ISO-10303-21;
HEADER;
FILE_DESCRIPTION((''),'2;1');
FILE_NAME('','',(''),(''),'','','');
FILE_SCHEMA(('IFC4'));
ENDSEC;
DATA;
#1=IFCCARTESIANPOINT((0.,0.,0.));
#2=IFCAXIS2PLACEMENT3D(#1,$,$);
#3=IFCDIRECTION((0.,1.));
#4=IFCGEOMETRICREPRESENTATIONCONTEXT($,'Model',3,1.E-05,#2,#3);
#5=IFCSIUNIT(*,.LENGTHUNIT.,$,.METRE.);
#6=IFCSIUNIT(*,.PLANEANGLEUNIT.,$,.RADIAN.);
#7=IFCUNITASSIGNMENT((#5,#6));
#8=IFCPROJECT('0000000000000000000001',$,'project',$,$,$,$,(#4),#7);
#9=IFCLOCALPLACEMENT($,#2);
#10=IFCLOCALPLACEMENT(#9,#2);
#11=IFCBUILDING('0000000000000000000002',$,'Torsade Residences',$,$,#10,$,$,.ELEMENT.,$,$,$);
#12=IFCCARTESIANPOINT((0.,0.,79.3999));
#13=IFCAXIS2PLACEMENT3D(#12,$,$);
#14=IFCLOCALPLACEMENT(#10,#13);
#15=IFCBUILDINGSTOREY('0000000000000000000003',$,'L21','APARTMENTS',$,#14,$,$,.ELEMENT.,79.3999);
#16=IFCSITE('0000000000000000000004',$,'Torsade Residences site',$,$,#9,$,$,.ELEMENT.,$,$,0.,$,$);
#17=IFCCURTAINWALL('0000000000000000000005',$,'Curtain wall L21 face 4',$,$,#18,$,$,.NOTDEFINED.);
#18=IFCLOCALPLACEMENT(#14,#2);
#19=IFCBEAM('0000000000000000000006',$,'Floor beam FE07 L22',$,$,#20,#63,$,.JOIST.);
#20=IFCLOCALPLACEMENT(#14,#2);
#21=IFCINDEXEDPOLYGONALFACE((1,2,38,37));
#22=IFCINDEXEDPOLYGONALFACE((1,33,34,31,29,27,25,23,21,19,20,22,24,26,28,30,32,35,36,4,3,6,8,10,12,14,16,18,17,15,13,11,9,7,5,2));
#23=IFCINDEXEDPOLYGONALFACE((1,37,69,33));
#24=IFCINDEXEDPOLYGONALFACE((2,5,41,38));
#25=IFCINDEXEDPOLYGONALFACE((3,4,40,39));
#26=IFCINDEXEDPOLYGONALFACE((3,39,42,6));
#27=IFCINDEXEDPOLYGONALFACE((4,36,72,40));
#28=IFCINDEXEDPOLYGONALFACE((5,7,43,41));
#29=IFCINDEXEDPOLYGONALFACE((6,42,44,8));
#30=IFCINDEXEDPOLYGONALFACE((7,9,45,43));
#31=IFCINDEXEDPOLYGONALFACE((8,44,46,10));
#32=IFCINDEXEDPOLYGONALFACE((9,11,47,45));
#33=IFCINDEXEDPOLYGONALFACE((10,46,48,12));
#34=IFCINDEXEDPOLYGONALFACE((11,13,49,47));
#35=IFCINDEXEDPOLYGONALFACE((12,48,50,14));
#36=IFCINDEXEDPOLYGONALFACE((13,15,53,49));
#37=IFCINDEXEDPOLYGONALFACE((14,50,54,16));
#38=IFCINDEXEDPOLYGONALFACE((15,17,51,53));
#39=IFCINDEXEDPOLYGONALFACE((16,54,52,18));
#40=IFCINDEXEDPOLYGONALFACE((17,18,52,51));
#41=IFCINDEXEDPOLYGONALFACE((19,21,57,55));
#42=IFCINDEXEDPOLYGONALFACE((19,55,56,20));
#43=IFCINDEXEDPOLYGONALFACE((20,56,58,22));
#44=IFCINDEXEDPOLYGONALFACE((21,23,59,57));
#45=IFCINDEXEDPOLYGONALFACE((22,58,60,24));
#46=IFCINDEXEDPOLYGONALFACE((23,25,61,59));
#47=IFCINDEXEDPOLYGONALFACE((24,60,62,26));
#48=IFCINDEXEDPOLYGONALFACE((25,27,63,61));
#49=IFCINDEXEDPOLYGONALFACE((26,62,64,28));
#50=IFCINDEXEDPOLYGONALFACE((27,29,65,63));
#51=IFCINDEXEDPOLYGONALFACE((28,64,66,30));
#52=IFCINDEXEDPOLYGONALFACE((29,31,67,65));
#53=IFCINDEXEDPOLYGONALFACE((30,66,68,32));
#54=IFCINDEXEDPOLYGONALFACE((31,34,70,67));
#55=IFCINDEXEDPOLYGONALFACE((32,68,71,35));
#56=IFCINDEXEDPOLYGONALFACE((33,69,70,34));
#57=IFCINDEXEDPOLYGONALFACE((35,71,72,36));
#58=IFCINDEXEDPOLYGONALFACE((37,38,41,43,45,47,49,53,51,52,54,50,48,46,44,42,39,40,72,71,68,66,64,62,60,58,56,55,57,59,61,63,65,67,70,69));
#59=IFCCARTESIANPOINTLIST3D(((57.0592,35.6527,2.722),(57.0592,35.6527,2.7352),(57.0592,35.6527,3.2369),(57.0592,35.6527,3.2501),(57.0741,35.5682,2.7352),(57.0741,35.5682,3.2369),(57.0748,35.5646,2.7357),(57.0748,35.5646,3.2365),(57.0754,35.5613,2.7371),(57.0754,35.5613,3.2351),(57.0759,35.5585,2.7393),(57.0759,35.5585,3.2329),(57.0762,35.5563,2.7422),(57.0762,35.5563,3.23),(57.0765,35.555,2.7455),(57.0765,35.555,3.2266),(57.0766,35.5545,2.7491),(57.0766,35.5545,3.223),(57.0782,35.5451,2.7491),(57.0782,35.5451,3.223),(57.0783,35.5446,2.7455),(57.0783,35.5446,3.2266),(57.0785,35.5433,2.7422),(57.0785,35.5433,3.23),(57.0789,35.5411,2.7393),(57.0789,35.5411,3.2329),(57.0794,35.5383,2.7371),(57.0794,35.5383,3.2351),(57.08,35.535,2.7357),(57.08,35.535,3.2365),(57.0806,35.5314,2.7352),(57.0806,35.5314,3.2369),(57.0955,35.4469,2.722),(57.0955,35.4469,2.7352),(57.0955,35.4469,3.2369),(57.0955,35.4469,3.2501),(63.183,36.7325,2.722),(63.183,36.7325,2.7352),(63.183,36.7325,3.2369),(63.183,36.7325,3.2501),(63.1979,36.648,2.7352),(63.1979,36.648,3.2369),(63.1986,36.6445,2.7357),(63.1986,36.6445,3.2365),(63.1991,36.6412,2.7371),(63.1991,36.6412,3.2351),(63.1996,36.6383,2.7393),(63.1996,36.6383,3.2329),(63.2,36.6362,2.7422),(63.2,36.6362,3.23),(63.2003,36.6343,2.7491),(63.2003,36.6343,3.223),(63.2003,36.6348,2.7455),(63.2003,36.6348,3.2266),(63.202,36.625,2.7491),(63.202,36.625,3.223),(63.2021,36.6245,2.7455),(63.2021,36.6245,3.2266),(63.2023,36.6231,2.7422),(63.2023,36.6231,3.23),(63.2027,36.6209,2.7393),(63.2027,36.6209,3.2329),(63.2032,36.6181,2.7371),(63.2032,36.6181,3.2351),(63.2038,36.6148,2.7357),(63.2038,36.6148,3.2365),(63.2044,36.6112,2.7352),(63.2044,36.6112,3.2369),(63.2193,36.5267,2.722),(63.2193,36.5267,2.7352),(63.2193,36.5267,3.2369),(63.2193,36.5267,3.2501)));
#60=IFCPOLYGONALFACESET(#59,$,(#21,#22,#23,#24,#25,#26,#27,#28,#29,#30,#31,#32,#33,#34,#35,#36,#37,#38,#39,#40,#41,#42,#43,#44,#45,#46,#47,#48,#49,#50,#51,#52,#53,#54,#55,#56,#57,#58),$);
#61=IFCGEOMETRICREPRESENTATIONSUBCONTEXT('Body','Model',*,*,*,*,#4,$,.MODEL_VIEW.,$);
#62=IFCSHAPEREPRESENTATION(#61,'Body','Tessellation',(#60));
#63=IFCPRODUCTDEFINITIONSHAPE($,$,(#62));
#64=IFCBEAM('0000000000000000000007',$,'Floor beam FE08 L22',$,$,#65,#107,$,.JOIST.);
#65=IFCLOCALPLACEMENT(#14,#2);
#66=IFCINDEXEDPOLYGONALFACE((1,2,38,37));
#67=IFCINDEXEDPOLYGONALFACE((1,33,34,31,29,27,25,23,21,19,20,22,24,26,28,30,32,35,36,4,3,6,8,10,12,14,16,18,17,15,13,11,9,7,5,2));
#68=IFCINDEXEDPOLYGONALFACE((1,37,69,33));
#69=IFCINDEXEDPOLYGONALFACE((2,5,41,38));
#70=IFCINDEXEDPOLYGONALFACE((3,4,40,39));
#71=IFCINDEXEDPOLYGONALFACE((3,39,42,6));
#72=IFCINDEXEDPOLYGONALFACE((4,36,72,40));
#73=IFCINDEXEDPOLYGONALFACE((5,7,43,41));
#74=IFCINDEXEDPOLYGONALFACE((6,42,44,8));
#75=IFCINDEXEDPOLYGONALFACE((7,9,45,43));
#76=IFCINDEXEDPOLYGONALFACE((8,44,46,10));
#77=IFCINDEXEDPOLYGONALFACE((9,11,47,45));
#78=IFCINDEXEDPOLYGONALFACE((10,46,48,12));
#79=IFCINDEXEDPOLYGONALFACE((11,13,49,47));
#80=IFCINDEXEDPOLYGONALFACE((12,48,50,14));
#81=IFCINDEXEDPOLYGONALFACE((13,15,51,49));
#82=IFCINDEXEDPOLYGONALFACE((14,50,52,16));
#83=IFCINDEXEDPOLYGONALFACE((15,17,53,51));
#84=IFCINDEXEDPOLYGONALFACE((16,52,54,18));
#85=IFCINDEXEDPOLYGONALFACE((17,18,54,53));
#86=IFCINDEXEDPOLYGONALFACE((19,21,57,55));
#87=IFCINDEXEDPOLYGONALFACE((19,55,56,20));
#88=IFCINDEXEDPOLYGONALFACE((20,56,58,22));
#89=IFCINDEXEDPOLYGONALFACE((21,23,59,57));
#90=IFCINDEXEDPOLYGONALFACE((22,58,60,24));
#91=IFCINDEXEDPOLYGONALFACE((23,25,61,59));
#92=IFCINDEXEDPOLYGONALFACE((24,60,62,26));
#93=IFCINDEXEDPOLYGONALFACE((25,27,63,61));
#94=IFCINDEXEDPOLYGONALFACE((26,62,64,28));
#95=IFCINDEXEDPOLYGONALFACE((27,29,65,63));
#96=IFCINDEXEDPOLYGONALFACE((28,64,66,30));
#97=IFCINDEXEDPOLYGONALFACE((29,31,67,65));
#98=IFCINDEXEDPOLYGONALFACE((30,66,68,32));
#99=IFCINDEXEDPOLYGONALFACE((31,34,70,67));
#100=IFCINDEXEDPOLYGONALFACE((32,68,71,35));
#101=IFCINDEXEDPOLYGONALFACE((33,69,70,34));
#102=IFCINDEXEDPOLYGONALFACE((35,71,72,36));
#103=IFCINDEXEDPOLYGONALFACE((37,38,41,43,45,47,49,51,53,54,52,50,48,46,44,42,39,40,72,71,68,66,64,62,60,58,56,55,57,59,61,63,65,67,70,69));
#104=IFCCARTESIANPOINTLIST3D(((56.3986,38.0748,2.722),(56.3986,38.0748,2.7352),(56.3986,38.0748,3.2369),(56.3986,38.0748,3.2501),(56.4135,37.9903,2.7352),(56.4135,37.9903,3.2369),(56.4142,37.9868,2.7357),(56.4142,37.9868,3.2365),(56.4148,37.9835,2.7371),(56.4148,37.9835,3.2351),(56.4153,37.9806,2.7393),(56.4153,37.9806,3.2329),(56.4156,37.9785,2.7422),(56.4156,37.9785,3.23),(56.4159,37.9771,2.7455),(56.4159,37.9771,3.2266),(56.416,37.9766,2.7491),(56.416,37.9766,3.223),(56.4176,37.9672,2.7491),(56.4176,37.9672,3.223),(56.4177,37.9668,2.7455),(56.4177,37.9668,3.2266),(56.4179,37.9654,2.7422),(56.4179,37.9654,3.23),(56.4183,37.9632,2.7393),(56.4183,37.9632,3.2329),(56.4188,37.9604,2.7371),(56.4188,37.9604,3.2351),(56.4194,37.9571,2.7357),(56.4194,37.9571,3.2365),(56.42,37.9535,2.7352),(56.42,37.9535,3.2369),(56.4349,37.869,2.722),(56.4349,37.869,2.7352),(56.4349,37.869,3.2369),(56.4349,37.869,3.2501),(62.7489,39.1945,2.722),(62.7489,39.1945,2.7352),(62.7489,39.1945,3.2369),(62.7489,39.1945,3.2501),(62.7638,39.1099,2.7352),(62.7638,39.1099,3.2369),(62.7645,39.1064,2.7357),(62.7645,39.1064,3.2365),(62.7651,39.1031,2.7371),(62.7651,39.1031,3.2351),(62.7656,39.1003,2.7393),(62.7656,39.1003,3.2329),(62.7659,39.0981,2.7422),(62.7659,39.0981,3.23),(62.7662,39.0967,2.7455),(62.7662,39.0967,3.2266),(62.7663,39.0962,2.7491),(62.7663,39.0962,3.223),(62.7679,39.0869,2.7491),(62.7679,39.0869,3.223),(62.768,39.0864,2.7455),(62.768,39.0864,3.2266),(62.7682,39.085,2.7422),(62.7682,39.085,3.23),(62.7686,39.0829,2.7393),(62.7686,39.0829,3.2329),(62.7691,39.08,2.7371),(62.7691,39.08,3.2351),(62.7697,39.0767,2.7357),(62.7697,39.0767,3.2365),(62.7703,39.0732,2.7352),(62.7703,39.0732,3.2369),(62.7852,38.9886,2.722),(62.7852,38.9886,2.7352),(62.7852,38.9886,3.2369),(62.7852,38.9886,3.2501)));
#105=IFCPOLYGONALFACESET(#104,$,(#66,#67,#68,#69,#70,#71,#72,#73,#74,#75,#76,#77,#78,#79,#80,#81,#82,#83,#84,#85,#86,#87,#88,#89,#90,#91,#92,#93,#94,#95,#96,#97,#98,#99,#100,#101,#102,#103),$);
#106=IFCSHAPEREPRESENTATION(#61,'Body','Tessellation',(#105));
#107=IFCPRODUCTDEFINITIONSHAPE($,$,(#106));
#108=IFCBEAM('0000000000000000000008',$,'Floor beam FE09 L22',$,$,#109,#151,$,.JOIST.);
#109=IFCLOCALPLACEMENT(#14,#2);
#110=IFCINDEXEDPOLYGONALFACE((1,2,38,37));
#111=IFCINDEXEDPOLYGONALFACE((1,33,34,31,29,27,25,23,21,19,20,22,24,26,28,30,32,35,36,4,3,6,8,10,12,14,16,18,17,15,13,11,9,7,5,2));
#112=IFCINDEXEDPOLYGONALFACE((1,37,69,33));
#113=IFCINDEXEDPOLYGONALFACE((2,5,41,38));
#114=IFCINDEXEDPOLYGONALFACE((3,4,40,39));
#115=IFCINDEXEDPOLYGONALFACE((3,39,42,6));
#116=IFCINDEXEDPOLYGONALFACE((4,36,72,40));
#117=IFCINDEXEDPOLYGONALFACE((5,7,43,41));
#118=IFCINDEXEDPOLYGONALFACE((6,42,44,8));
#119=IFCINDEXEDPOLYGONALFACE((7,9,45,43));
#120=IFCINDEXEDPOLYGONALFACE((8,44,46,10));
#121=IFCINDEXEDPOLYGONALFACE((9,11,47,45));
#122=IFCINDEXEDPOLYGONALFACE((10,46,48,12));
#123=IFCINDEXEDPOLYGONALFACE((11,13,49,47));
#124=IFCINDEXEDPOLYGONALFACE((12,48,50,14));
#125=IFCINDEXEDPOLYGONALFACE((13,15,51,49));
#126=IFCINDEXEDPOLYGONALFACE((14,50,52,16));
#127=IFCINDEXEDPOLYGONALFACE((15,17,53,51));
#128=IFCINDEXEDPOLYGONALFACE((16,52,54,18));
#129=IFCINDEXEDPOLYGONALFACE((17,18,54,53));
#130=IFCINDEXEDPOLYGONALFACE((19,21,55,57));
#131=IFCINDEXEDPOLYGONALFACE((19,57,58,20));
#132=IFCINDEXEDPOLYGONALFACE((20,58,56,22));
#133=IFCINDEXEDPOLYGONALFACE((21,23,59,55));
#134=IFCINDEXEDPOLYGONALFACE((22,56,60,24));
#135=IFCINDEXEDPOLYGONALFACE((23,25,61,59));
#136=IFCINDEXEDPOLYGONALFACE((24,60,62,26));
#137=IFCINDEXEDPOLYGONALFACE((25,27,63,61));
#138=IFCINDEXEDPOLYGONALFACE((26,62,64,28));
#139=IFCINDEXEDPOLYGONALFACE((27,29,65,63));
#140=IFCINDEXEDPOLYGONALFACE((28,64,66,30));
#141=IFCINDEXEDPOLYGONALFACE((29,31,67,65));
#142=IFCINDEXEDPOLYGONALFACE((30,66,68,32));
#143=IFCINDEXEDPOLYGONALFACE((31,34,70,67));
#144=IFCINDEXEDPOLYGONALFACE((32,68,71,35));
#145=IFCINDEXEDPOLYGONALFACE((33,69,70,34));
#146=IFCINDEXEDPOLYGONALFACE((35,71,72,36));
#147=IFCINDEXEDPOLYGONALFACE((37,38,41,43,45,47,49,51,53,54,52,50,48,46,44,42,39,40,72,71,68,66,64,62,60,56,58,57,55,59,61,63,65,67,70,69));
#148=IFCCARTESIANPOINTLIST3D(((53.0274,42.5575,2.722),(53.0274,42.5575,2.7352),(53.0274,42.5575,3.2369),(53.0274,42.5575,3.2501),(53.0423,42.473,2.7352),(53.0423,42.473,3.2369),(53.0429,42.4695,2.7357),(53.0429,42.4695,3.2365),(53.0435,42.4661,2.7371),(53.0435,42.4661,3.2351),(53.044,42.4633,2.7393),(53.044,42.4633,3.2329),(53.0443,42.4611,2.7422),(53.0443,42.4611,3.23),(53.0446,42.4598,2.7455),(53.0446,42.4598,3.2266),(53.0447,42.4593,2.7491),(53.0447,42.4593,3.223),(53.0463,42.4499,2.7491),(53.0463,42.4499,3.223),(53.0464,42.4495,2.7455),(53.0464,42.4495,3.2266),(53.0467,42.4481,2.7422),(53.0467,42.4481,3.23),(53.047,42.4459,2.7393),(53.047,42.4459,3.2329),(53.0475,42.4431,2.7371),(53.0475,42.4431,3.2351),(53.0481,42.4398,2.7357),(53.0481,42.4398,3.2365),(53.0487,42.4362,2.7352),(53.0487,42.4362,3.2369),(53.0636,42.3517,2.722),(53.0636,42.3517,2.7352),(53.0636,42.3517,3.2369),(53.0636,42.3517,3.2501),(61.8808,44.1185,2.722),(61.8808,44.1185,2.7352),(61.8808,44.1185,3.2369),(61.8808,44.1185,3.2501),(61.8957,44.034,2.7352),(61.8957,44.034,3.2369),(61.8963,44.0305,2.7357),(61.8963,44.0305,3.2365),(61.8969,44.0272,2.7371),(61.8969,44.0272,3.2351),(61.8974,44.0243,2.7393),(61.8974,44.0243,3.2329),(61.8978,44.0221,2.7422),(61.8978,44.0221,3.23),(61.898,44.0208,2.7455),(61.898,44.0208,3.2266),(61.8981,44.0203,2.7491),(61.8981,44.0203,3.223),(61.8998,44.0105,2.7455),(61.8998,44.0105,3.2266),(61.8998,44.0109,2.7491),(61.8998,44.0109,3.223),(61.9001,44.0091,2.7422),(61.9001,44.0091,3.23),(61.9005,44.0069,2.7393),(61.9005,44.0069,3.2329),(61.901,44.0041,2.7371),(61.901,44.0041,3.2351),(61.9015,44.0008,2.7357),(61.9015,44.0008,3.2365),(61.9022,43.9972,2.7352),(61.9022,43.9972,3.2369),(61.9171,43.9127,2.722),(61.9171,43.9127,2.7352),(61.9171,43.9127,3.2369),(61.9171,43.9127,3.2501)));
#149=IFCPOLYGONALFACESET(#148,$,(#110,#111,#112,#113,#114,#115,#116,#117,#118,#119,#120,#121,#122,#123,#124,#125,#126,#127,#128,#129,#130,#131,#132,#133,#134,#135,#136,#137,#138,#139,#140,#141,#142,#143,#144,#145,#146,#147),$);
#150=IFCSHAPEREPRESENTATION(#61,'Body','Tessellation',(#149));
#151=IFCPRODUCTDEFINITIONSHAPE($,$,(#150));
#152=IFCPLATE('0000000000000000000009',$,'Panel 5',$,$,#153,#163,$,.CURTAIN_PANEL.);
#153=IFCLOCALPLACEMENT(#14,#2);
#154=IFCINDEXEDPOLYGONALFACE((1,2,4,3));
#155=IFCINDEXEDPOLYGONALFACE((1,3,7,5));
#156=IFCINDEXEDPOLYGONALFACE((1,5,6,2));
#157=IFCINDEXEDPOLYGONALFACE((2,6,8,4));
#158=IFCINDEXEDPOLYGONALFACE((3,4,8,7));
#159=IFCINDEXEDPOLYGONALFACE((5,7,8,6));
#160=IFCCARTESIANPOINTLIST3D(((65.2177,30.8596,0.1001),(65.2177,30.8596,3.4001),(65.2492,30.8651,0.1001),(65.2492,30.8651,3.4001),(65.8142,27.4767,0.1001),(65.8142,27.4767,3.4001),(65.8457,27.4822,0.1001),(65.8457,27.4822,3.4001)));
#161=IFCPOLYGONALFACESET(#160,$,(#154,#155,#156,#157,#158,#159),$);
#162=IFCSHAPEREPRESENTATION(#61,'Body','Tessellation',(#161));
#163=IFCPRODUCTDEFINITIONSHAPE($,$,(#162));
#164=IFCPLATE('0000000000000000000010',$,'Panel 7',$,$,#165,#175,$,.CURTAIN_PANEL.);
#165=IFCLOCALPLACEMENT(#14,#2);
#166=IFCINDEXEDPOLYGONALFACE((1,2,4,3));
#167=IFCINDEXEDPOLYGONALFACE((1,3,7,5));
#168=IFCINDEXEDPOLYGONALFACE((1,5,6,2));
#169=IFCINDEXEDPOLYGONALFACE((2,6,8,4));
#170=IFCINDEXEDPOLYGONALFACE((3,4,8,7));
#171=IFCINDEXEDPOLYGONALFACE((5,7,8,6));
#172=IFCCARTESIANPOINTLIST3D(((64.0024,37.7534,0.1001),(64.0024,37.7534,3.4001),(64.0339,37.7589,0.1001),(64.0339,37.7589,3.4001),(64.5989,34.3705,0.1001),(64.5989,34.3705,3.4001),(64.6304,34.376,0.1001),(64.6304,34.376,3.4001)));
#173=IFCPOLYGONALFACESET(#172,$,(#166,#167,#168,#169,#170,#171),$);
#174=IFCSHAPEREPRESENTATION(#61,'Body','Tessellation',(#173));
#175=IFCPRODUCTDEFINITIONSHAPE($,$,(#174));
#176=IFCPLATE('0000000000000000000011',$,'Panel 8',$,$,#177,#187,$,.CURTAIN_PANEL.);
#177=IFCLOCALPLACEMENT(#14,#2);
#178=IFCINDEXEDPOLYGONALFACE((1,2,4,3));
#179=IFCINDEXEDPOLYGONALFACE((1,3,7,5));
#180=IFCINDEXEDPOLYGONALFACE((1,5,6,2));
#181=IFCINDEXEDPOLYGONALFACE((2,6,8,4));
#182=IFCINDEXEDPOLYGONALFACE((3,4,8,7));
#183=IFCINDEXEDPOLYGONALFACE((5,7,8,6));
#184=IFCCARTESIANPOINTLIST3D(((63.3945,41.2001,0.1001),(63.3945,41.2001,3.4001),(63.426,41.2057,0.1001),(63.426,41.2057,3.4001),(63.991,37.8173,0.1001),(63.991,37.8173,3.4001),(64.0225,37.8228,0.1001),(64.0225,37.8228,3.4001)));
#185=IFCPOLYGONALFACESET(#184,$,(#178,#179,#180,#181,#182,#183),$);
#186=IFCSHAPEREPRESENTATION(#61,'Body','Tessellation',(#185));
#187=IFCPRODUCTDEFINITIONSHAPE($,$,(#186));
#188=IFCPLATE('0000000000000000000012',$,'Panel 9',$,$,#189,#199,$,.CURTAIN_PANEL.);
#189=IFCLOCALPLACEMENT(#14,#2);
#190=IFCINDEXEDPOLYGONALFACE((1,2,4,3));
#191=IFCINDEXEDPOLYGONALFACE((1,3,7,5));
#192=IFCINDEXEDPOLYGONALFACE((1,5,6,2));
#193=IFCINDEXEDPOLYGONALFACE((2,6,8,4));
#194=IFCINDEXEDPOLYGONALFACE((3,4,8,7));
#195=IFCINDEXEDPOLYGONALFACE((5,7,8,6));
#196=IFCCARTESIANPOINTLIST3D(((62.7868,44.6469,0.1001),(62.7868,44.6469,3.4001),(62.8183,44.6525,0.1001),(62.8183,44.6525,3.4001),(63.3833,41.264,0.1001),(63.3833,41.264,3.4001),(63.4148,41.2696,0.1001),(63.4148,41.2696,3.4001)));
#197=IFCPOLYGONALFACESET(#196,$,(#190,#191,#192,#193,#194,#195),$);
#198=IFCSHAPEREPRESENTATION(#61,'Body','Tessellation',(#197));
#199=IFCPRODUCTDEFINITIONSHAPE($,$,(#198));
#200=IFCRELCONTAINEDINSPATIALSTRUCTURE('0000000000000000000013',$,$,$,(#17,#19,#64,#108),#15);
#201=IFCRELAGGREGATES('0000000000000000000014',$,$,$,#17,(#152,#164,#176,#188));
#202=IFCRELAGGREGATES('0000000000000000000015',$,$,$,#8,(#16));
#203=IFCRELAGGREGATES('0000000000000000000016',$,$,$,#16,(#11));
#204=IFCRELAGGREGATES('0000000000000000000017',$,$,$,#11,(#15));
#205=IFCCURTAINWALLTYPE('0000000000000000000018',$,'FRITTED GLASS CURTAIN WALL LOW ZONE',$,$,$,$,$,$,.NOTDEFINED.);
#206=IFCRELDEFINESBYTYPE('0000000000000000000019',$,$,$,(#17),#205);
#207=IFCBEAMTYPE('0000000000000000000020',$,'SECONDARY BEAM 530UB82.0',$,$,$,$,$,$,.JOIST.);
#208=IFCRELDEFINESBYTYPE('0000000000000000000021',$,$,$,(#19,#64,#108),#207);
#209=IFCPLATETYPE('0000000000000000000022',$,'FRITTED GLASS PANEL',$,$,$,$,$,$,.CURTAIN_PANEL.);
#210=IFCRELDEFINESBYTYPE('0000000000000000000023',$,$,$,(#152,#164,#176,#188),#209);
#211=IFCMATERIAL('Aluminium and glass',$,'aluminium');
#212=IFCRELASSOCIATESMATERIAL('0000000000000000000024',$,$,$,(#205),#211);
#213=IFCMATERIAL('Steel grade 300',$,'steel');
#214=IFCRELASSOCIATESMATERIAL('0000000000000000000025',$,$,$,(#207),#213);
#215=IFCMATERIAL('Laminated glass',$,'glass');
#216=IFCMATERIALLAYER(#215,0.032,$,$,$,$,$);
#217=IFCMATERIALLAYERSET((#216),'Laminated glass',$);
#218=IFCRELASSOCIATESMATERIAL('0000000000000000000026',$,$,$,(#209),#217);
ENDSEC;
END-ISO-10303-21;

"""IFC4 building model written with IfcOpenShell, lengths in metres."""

from ifc_helpers import new_model, si_unit, direction, frame, origin, origin_2d, place, context, subcontext, project, spatial, rectangle, i_section, extrude, material, layer, layer_set, material_profile, profile_set, type_object, element, aggregate, save


model = new_model("IFC4")

# Units and contexts
model_context = context("Model", 3, precision=1e-05, world=origin(), true_north=direction((0.0, 1.0)))
body_context = subcontext(model_context, "Body", "Model", "MODEL_VIEW")
ifc_project = project(units=[si_unit("LENGTHUNIT", "METRE"), si_unit("PLANEANGLEUNIT", "RADIAN")], contexts=[model_context])

# Site, building, storey
site_placement = place(None, origin())
site = spatial("IfcSite", under=ifc_project, at=site_placement, Name="Torsade Residences site", CompositionType="ELEMENT", RefElevation=0.0)
building_placement = place(site_placement, origin())
building = spatial("IfcBuilding", under=site, at=building_placement, Name="Torsade Residences", CompositionType="ELEMENT")
storey_placement = place(building_placement, frame((0.0, 0.0, 79.3999)))
storey = spatial("IfcBuildingStorey", under=building, at=storey_placement, Name="L21", Description="APARTMENTS", CompositionType="ELEMENT", Elevation=79.3999)

# Curtain wall
ifc_material_1 = material(Name="Aluminium and glass", Category="aluminium")
curtain_wall_type = type_object("IfcCurtainWallType", Name="FRITTED GLASS CURTAIN WALL LOW ZONE", PredefinedType="NOTDEFINED", material=ifc_material_1)
curtain_wall_placement = place(storey_placement, origin())
curtain_wall = element("IfcCurtainWall", 1, at=curtain_wall_placement, inside=storey, type_object=curtain_wall_type, Name="Curtain wall L21 face 4", PredefinedType="NOTDEFINED")

# Beams
ifc_material_2 = material(Name="Steel grade 300", Category="steel")
ifc_material_profile_1 = material_profile(ifc_material_2, i_section(OverallWidth=0.209, OverallDepth=0.5281, WebThickness=0.0095, FlangeThickness=0.0132, FilletRadius=0.0139, at=origin_2d()), Name="530UB82.0")
ifc_profile_set_1 = profile_set([ifc_material_profile_1], Name="Steel grade 300")
beam_type_1 = type_object("IfcBeamType", Name="SECONDARY BEAM 530UB82.0", PredefinedType="JOIST", material=ifc_profile_set_1)
beam_1_placement = place(storey_placement, frame((63.2012, 36.6296, 2.9861), z_axis=(-0.984806, -0.173655, 0.0), x_axis=(0.173655, -0.984806, 0.0)))
element("IfcBeam", 2, at=beam_1_placement, inside=storey, type_object=beam_type_1, Name="Floor beam FE07 L22", PredefinedType="JOIST", context=body_context, shape_type="SweptSolid", body=[
    extrude(i_section(OverallWidth=0.209, OverallDepth=0.5281, WebThickness=0.0095, FlangeThickness=0.0132, FilletRadius=0.0139, at=origin_2d()), origin(), (0.0, 0.0, 1.0), 6.2183),
])
beam_2_placement = place(storey_placement, frame((62.7671, 39.0916, 2.9861), z_axis=(-0.984811, -0.173632, 0.0), x_axis=(0.173632, -0.984811, 0.0)))
element("IfcBeam", 3, at=beam_2_placement, inside=storey, type_object=beam_type_1, Name="Floor beam FE08 L22", PredefinedType="JOIST", context=body_context, shape_type="SweptSolid", body=[
    extrude(i_section(OverallWidth=0.209, OverallDepth=0.5281, WebThickness=0.0095, FlangeThickness=0.0132, FilletRadius=0.0139, at=origin_2d()), origin(), (0.0, 0.0, 1.0), 6.4482),
])
beam_3_placement = place(storey_placement, frame((61.8989, 44.0156, 2.9861), z_axis=(-0.984809, -0.17364, 0.0), x_axis=(0.17364, -0.984809, 0.0)))
element("IfcBeam", 4, at=beam_3_placement, inside=storey, type_object=beam_type_1, Name="Floor beam FE09 L22", PredefinedType="JOIST", context=body_context, shape_type="SweptSolid", body=[
    extrude(i_section(OverallWidth=0.209, OverallDepth=0.5281, WebThickness=0.0095, FlangeThickness=0.0132, FilletRadius=0.0139, at=origin_2d()), origin(), (0.0, 0.0, 1.0), 8.99),
])

# Plates
ifc_material_3 = material(Name="Laminated glass", Category="glass")
ifc_layer_1 = layer(ifc_material_3, 0.032)
ifc_layer_set_1 = layer_set([ifc_layer_1], Name="Laminated glass")
plate_type_1 = type_object("IfcPlateType", Name="FRITTED GLASS PANEL", PredefinedType="CURTAIN_PANEL", material=ifc_layer_set_1)
plate_1_placement = place(storey_placement, frame((65.5317, 29.1709, 0.1001), z_axis=(0.0, 0.0, 1.0), x_axis=(-0.173648, 0.984808, 0.0)))
plate_1 = element("IfcPlate", 5, at=plate_1_placement, type_object=plate_type_1, Name="Panel 5", PredefinedType="CURTAIN_PANEL", context=body_context, shape_type="SweptSolid", body=[
    extrude(rectangle(XDim=3.4351, YDim=0.032, at=origin_2d()), origin(), (0.0, 0.0, 1.0), 3.3),
])
plate_2_placement = place(storey_placement, frame((64.3164, 36.0647, 0.1001), z_axis=(0.0, 0.0, 1.0), x_axis=(-0.173648, 0.984808, 0.0)))
plate_2 = element("IfcPlate", 6, at=plate_2_placement, type_object=plate_type_1, Name="Panel 7", PredefinedType="CURTAIN_PANEL", context=body_context, shape_type="SweptSolid", body=[
    extrude(rectangle(XDim=3.4351, YDim=0.032, at=origin_2d()), origin(), (0.0, 0.0, 1.0), 3.3),
])
plate_3_placement = place(storey_placement, frame((63.7085, 39.5115, 0.1001), z_axis=(0.0, 0.0, 1.0), x_axis=(-0.173648, 0.984808, 0.0)))
plate_3 = element("IfcPlate", 7, at=plate_3_placement, type_object=plate_type_1, Name="Panel 8", PredefinedType="CURTAIN_PANEL", context=body_context, shape_type="SweptSolid", body=[
    extrude(rectangle(XDim=3.4351, YDim=0.032, at=origin_2d()), origin(), (0.0, 0.0, 1.0), 3.3),
])
plate_4_placement = place(storey_placement, frame((63.1008, 42.9583, 0.1001), z_axis=(0.0, 0.0, 1.0), x_axis=(-0.173648, 0.984808, 0.0)))
plate_4 = element("IfcPlate", 8, at=plate_4_placement, type_object=plate_type_1, Name="Panel 9", PredefinedType="CURTAIN_PANEL", context=body_context, shape_type="SweptSolid", body=[
    extrude(rectangle(XDim=3.4351, YDim=0.032, at=origin_2d()), origin(), (0.0, 0.0, 1.0), 3.3),
])
aggregate(curtain_wall, [plate_1, plate_2, plate_3, plate_4])

save(model, "model.ifc")
